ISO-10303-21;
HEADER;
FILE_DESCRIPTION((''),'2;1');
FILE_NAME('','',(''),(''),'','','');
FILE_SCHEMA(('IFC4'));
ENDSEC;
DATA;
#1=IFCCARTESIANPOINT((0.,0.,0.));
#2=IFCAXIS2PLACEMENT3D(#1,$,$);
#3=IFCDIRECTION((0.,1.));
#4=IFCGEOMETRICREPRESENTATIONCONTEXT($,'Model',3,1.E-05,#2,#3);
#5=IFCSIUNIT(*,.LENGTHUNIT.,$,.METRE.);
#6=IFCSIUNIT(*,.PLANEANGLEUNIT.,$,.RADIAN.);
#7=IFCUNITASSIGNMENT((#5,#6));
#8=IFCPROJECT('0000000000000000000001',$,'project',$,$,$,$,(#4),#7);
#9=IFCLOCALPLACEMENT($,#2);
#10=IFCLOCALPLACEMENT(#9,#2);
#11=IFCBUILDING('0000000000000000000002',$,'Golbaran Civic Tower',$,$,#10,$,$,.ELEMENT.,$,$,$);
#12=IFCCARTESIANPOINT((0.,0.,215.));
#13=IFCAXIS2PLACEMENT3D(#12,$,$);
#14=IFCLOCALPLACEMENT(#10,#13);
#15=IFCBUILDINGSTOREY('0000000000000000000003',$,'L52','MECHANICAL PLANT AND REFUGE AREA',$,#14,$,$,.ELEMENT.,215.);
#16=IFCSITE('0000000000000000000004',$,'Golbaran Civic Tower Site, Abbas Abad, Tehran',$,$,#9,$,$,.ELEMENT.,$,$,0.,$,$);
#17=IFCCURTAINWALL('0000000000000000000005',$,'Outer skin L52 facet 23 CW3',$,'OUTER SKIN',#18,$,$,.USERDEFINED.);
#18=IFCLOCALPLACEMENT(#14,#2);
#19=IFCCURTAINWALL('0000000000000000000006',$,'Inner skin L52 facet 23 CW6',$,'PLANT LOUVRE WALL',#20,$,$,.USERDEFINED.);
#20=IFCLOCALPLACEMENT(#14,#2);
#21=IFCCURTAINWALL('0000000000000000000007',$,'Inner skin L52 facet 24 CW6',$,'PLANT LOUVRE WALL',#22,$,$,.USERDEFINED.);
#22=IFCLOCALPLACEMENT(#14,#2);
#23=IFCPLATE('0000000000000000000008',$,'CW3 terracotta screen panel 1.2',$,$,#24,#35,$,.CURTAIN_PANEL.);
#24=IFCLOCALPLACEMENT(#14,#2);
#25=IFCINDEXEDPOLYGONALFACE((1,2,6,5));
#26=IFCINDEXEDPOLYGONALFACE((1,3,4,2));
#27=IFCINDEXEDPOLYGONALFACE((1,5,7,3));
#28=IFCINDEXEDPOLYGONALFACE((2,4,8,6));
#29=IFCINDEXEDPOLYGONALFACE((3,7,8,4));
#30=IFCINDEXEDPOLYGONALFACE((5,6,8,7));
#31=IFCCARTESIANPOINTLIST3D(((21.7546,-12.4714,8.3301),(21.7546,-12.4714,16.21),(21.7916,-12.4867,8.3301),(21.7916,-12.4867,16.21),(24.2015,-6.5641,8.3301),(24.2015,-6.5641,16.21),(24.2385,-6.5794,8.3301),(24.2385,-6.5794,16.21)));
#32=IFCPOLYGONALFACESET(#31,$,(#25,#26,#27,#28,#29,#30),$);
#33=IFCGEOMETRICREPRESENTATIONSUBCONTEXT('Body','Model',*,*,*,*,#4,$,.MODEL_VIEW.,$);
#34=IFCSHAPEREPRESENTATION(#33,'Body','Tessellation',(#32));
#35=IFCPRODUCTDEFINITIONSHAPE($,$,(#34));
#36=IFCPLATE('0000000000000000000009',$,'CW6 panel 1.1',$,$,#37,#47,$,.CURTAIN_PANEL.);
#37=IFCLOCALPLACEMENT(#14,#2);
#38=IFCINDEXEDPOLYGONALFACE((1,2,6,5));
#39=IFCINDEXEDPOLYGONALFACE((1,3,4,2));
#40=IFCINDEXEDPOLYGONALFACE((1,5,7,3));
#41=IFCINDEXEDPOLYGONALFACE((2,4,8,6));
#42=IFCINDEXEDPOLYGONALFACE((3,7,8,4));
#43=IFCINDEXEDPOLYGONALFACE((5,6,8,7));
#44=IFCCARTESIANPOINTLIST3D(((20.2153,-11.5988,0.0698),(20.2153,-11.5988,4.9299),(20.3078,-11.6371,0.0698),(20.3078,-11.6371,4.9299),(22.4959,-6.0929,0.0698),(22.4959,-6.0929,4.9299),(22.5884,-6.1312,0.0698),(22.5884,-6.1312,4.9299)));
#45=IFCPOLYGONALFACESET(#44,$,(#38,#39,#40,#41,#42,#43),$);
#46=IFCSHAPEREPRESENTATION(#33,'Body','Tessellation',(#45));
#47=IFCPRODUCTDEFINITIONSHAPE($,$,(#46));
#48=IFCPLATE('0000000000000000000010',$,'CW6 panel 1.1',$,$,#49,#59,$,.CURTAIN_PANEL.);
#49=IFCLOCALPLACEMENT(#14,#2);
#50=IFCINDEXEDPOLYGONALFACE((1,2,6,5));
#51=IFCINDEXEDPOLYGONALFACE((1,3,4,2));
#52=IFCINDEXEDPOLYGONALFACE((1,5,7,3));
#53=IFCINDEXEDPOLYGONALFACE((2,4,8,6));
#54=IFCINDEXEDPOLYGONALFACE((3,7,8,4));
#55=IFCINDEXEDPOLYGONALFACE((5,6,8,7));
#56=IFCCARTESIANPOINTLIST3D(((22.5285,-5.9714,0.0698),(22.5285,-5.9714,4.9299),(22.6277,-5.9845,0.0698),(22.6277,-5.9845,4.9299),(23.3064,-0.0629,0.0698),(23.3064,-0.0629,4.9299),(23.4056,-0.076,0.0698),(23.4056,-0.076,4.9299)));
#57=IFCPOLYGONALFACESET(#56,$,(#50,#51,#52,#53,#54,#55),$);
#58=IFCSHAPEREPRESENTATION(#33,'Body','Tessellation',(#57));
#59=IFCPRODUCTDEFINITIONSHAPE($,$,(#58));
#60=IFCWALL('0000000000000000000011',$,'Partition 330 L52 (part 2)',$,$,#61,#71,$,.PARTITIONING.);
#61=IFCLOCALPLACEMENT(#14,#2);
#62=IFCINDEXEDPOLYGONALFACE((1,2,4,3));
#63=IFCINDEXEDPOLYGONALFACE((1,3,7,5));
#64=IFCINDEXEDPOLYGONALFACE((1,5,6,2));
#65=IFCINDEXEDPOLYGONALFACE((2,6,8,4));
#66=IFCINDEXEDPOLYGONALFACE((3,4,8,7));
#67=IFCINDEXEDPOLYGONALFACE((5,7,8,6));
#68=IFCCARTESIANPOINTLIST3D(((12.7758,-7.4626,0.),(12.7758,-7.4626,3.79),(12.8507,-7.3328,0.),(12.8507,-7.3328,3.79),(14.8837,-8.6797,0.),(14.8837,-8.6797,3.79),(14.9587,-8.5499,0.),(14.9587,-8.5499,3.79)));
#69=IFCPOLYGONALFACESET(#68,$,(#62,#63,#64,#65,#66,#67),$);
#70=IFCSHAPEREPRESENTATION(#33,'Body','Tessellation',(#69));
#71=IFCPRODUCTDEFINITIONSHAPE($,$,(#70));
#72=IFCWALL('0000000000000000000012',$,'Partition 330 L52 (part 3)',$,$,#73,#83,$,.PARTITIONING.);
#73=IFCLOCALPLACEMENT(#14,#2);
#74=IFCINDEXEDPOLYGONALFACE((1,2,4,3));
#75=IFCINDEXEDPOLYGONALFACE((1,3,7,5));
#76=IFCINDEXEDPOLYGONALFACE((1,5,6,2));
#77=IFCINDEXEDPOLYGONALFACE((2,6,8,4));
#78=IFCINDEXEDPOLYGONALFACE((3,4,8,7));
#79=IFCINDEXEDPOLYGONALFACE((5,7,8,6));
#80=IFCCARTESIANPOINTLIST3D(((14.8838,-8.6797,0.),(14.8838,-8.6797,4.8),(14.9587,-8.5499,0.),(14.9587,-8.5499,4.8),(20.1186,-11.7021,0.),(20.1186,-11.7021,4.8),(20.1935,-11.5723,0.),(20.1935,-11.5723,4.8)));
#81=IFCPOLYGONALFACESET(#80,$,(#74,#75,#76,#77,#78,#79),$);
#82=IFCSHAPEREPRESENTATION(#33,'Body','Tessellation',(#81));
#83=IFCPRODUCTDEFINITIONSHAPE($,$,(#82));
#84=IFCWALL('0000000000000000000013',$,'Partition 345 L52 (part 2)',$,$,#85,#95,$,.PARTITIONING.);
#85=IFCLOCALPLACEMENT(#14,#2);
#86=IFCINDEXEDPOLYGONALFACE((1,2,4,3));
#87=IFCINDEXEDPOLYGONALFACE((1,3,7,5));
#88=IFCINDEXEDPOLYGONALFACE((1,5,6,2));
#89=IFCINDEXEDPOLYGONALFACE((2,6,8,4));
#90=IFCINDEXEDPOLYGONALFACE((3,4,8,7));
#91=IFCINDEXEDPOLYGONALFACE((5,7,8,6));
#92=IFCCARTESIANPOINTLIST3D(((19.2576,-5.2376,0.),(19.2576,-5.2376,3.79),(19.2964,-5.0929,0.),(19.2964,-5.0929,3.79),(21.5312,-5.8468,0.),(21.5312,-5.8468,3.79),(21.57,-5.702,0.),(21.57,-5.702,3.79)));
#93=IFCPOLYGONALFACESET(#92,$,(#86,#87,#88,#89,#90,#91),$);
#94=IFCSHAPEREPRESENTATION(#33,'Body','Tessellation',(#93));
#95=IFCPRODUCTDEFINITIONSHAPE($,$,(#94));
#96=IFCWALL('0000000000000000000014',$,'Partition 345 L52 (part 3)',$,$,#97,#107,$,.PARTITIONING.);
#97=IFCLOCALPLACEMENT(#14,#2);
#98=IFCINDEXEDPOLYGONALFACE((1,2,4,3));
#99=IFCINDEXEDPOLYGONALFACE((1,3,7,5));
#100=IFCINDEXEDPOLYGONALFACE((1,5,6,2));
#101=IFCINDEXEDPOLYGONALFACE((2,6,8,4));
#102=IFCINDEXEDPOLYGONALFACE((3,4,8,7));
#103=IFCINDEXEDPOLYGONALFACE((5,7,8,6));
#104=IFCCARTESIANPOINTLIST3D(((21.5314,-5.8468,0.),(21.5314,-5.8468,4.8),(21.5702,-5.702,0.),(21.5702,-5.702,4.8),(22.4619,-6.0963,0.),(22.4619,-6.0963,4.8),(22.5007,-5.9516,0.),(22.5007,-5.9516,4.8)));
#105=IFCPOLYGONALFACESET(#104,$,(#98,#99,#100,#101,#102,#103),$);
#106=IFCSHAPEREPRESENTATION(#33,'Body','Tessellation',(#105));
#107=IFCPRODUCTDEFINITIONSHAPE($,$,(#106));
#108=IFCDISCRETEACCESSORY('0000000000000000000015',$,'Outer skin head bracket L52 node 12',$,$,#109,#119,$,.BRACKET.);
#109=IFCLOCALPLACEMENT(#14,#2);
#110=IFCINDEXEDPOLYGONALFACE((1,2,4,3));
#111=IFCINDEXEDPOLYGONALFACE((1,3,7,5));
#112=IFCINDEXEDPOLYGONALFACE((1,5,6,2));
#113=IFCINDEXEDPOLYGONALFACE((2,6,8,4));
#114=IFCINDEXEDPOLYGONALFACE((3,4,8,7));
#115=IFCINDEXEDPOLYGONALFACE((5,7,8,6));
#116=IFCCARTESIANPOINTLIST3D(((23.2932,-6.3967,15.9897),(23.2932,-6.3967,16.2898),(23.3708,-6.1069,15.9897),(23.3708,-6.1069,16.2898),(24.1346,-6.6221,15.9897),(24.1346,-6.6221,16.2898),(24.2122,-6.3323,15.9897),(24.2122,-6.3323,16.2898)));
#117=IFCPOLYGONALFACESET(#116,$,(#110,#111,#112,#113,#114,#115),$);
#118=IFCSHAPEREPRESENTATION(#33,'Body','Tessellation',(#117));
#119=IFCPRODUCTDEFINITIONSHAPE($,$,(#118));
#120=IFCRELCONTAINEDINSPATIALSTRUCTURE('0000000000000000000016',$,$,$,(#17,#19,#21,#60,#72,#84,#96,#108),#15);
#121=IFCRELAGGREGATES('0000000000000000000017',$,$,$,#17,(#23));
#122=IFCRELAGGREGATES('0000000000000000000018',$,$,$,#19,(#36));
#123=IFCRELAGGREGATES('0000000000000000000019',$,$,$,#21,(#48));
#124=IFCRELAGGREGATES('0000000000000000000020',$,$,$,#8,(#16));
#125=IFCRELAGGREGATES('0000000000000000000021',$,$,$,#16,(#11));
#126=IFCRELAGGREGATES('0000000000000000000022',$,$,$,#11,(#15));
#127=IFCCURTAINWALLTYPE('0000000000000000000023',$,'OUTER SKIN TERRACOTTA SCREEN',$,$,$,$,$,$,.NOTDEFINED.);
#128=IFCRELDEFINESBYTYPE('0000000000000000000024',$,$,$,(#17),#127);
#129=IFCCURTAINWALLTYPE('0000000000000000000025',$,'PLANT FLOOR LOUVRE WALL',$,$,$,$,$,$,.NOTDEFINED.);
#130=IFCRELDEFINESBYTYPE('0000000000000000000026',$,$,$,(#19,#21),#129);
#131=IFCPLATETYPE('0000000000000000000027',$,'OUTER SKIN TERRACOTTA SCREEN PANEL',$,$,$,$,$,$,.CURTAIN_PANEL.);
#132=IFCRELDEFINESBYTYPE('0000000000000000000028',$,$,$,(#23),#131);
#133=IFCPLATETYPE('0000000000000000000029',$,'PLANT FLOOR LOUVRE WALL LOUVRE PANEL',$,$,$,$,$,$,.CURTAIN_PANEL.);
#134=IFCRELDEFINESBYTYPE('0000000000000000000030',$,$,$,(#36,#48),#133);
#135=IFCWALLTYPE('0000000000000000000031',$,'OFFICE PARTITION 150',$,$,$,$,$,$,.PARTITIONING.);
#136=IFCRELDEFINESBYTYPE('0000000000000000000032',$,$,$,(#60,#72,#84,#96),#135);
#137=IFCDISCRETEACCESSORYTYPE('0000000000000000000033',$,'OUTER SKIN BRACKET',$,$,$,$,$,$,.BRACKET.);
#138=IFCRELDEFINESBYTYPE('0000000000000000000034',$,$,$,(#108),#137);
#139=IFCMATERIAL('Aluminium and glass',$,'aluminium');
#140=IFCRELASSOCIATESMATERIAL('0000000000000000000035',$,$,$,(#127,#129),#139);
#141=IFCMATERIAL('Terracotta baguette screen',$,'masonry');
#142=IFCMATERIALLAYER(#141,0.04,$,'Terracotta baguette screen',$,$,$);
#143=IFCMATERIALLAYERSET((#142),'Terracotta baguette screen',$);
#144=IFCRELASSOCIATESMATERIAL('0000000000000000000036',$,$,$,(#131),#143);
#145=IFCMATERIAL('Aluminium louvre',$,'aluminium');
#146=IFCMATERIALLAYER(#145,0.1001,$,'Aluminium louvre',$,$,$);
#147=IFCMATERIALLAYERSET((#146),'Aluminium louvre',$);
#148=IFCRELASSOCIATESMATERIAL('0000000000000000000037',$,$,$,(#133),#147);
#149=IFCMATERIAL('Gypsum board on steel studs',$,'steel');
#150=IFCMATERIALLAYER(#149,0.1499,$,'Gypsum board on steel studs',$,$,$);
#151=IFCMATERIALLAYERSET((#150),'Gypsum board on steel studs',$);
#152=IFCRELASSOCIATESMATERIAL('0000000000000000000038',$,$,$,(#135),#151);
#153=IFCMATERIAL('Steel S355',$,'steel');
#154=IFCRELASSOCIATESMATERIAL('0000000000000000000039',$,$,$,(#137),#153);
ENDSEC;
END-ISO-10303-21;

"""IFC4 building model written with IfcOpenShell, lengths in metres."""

from ifc_helpers import new_model, si_unit, direction, frame, frame_2d, origin, origin_2d, place, context, subcontext, project, spatial, rectangle, extrude, material, layer, layer_set, type_object, element, aggregate, save


model = new_model("IFC4")

# Units and contexts
model_context = context("Model", 3, precision=1e-05, world=origin(), true_north=direction((0.0, 1.0)))
body_context = subcontext(model_context, "Body", "Model", "MODEL_VIEW")
ifc_project = project(units=[si_unit("LENGTHUNIT", "METRE"), si_unit("PLANEANGLEUNIT", "RADIAN")], contexts=[model_context])

# Site, building, storey
site_placement = place(None, origin())
site = spatial("IfcSite", under=ifc_project, at=site_placement, Name="Golbaran Civic Tower Site, Abbas Abad, Tehran", CompositionType="ELEMENT", RefElevation=0.0)
building_placement = place(site_placement, origin())
building = spatial("IfcBuilding", under=site, at=building_placement, Name="Golbaran Civic Tower", CompositionType="ELEMENT")
storey_placement = place(building_placement, frame((0.0, 0.0, 215.0)))
storey = spatial("IfcBuildingStorey", under=building, at=storey_placement, Name="L52", Description="MECHANICAL PLANT AND REFUGE AREA", CompositionType="ELEMENT", Elevation=215.0)

# Shared definitions
ifc_material_1 = material(Name="Steel S355", Category="steel")

# Curtain wall
ifc_material_2 = material(Name="Aluminium and glass", Category="aluminium")
curtain_wall_type_1 = type_object("IfcCurtainWallType", Name="OUTER SKIN TERRACOTTA SCREEN", PredefinedType="NOTDEFINED", material=ifc_material_2)
curtain_wall_1_placement = place(storey_placement, origin())
curtain_wall_1 = element("IfcCurtainWall", 1, at=curtain_wall_1_placement, inside=storey, type_object=curtain_wall_type_1, Name="Outer skin L52 facet 23 CW3", ObjectType="OUTER SKIN", PredefinedType="USERDEFINED")

# Curtain wall
curtain_wall_type_2 = type_object("IfcCurtainWallType", Name="PLANT FLOOR LOUVRE WALL", PredefinedType="NOTDEFINED", material=ifc_material_2)
curtain_wall_2_placement = place(storey_placement, origin())
curtain_wall_2 = element("IfcCurtainWall", 2, at=curtain_wall_2_placement, inside=storey, type_object=curtain_wall_type_2, Name="Inner skin L52 facet 23 CW6", ObjectType="PLANT LOUVRE WALL", PredefinedType="USERDEFINED")

# Curtain wall
curtain_wall_3_placement = place(storey_placement, origin())
curtain_wall_3 = element("IfcCurtainWall", 3, at=curtain_wall_3_placement, inside=storey, type_object=curtain_wall_type_2, Name="Inner skin L52 facet 24 CW6", ObjectType="PLANT LOUVRE WALL", PredefinedType="USERDEFINED")

# Plates
ifc_material_3 = material(Name="Terracotta baguette screen", Category="masonry")
ifc_layer_1 = layer(ifc_material_3, 0.04, Name="Terracotta baguette screen")
ifc_layer_set_1 = layer_set([ifc_layer_1], Name="Terracotta baguette screen")
plate_type_1 = type_object("IfcPlateType", Name="OUTER SKIN TERRACOTTA SCREEN PANEL", PredefinedType="CURTAIN_PANEL", material=ifc_layer_set_1)
plate_1_placement = place(storey_placement, frame((22.9966, -9.5254, 8.3301), z_axis=(0.0, 0.0, 1.0), x_axis=(0.382683, 0.92388, 0.0)))
plate_1 = element("IfcPlate", 4, at=plate_1_placement, type_object=plate_type_1, Name="CW3 terracotta screen panel 1.2", PredefinedType="CURTAIN_PANEL", context=body_context, shape_type="SweptSolid", body=[
    extrude(rectangle(XDim=6.394, YDim=0.04, at=origin_2d()), origin(), (0.0, 0.0, 1.0), 7.8799),
])
aggregate(curtain_wall_1, [plate_1])
ifc_material_4 = material(Name="Aluminium louvre", Category="aluminium")
ifc_layer_2 = layer(ifc_material_4, 0.1001, Name="Aluminium louvre")
ifc_layer_set_2 = layer_set([ifc_layer_2], Name="Aluminium louvre")
plate_type_2 = type_object("IfcPlateType", Name="PLANT FLOOR LOUVRE WALL LOUVRE PANEL", PredefinedType="CURTAIN_PANEL", material=ifc_layer_set_2)
plate_2_placement = place(storey_placement, frame((21.4019, -8.865, 0.0698), z_axis=(0.0, 0.0, 1.0), x_axis=(0.382683, 0.92388, 0.0)))
plate_2 = element("IfcPlate", 5, at=plate_2_placement, type_object=plate_type_2, Name="CW6 panel 1.1", PredefinedType="CURTAIN_PANEL", context=body_context, shape_type="SweptSolid", body=[
    extrude(rectangle(XDim=5.9595, YDim=0.1001, at=origin_2d()), origin(), (0.0, 0.0, 1.0), 4.8601),
])
aggregate(curtain_wall_2, [plate_2])
plate_3_placement = place(storey_placement, frame((22.967, -3.0237, 0.0698), z_axis=(0.0, 0.0, 1.0), x_axis=(0.130526, 0.991445, 0.0)))
plate_3 = element("IfcPlate", 6, at=plate_3_placement, type_object=plate_type_2, Name="CW6 panel 1.1", PredefinedType="CURTAIN_PANEL", context=body_context, shape_type="SweptSolid", body=[
    extrude(rectangle(XDim=5.9595, YDim=0.1001, at=origin_2d()), origin(), (0.0, 0.0, 1.0), 4.8601),
])
aggregate(curtain_wall_3, [plate_3])

# Walls
ifc_material_5 = material(Name="Gypsum board on steel studs", Category="steel")
ifc_layer_3 = layer(ifc_material_5, 0.1499, Name="Gypsum board on steel studs")
ifc_layer_set_3 = layer_set([ifc_layer_3], Name="Gypsum board on steel studs")
wall_type = type_object("IfcWallType", Name="OFFICE PARTITION 150", PredefinedType="PARTITIONING", material=ifc_layer_set_3)
wall_1_placement = place(storey_placement, frame((12.8132, -7.3977, 0.0), z_axis=(0.0, 0.0, 1.0), x_axis=(0.866019, -0.500012, 0.0)))
element("IfcWall", 7, at=wall_1_placement, inside=storey, type_object=wall_type, Name="Partition 330 L52 (part 2)", PredefinedType="PARTITIONING", context=body_context, shape_type="SweptSolid", body=[
    extrude(rectangle(XDim=2.4341, YDim=0.1499, at=frame_2d((1.217, 0.0))), origin(), (0.0, 0.0, 1.0), 3.79),
])
wall_2_placement = place(storey_placement, frame((14.9211, -8.6147, 0.0), z_axis=(0.0, 0.0, 1.0), x_axis=(0.866017, -0.500014, 0.0)))
element("IfcWall", 8, at=wall_2_placement, inside=storey, type_object=wall_type, Name="Partition 330 L52 (part 3)", PredefinedType="PARTITIONING", context=body_context, shape_type="SweptSolid", body=[
    extrude(rectangle(XDim=6.0447, YDim=0.1499, at=frame_2d((3.0225, 0.0))), origin(), (0.0, 0.0, 1.0), 4.8),
])
wall_3_placement = place(storey_placement, frame((19.2771, -5.1653, 0.0), z_axis=(0.0, 0.0, 1.0), x_axis=(0.965936, -0.258779, 0.0)))
element("IfcWall", 9, at=wall_3_placement, inside=storey, type_object=wall_type, Name="Partition 345 L52 (part 2)", PredefinedType="PARTITIONING", context=body_context, shape_type="SweptSolid", body=[
    extrude(rectangle(XDim=2.3538, YDim=0.1499, at=frame_2d((1.1768, 0.0))), origin(), (0.0, 0.0, 1.0), 3.79),
])
wall_4_placement = place(storey_placement, frame((21.5508, -5.7744, 0.0), z_axis=(0.0, 0.0, 1.0), x_axis=(0.965872, -0.259019, 0.0)))
element("IfcWall", 10, at=wall_4_placement, inside=storey, type_object=wall_type, Name="Partition 345 L52 (part 3)", PredefinedType="PARTITIONING", context=body_context, shape_type="SweptSolid", body=[
    extrude(rectangle(XDim=0.9634, YDim=0.1499, at=frame_2d((0.4817, 0.0))), origin(), (0.0, 0.0, 1.0), 4.8),
])

# Discrete accessory
discrete_accessory_type = type_object("IfcDiscreteAccessoryType", Name="OUTER SKIN BRACKET", PredefinedType="BRACKET", material=ifc_material_1)
discrete_accessory_placement = place(storey_placement, frame((23.7527, -6.3645, 15.9897), z_axis=(0.0, 0.0, 1.0), x_axis=(0.965926, -0.258819, 0.0)))
element("IfcDiscreteAccessory", 11, at=discrete_accessory_placement, inside=storey, type_object=discrete_accessory_type, Name="Outer skin head bracket L52 node 12", PredefinedType="BRACKET", context=body_context, shape_type="SweptSolid", body=[
    extrude(rectangle(XDim=0.8711, YDim=0.3, at=origin_2d()), origin(), (0.0, 0.0, 1.0), 0.3),
])

save(model, "model.ifc")
